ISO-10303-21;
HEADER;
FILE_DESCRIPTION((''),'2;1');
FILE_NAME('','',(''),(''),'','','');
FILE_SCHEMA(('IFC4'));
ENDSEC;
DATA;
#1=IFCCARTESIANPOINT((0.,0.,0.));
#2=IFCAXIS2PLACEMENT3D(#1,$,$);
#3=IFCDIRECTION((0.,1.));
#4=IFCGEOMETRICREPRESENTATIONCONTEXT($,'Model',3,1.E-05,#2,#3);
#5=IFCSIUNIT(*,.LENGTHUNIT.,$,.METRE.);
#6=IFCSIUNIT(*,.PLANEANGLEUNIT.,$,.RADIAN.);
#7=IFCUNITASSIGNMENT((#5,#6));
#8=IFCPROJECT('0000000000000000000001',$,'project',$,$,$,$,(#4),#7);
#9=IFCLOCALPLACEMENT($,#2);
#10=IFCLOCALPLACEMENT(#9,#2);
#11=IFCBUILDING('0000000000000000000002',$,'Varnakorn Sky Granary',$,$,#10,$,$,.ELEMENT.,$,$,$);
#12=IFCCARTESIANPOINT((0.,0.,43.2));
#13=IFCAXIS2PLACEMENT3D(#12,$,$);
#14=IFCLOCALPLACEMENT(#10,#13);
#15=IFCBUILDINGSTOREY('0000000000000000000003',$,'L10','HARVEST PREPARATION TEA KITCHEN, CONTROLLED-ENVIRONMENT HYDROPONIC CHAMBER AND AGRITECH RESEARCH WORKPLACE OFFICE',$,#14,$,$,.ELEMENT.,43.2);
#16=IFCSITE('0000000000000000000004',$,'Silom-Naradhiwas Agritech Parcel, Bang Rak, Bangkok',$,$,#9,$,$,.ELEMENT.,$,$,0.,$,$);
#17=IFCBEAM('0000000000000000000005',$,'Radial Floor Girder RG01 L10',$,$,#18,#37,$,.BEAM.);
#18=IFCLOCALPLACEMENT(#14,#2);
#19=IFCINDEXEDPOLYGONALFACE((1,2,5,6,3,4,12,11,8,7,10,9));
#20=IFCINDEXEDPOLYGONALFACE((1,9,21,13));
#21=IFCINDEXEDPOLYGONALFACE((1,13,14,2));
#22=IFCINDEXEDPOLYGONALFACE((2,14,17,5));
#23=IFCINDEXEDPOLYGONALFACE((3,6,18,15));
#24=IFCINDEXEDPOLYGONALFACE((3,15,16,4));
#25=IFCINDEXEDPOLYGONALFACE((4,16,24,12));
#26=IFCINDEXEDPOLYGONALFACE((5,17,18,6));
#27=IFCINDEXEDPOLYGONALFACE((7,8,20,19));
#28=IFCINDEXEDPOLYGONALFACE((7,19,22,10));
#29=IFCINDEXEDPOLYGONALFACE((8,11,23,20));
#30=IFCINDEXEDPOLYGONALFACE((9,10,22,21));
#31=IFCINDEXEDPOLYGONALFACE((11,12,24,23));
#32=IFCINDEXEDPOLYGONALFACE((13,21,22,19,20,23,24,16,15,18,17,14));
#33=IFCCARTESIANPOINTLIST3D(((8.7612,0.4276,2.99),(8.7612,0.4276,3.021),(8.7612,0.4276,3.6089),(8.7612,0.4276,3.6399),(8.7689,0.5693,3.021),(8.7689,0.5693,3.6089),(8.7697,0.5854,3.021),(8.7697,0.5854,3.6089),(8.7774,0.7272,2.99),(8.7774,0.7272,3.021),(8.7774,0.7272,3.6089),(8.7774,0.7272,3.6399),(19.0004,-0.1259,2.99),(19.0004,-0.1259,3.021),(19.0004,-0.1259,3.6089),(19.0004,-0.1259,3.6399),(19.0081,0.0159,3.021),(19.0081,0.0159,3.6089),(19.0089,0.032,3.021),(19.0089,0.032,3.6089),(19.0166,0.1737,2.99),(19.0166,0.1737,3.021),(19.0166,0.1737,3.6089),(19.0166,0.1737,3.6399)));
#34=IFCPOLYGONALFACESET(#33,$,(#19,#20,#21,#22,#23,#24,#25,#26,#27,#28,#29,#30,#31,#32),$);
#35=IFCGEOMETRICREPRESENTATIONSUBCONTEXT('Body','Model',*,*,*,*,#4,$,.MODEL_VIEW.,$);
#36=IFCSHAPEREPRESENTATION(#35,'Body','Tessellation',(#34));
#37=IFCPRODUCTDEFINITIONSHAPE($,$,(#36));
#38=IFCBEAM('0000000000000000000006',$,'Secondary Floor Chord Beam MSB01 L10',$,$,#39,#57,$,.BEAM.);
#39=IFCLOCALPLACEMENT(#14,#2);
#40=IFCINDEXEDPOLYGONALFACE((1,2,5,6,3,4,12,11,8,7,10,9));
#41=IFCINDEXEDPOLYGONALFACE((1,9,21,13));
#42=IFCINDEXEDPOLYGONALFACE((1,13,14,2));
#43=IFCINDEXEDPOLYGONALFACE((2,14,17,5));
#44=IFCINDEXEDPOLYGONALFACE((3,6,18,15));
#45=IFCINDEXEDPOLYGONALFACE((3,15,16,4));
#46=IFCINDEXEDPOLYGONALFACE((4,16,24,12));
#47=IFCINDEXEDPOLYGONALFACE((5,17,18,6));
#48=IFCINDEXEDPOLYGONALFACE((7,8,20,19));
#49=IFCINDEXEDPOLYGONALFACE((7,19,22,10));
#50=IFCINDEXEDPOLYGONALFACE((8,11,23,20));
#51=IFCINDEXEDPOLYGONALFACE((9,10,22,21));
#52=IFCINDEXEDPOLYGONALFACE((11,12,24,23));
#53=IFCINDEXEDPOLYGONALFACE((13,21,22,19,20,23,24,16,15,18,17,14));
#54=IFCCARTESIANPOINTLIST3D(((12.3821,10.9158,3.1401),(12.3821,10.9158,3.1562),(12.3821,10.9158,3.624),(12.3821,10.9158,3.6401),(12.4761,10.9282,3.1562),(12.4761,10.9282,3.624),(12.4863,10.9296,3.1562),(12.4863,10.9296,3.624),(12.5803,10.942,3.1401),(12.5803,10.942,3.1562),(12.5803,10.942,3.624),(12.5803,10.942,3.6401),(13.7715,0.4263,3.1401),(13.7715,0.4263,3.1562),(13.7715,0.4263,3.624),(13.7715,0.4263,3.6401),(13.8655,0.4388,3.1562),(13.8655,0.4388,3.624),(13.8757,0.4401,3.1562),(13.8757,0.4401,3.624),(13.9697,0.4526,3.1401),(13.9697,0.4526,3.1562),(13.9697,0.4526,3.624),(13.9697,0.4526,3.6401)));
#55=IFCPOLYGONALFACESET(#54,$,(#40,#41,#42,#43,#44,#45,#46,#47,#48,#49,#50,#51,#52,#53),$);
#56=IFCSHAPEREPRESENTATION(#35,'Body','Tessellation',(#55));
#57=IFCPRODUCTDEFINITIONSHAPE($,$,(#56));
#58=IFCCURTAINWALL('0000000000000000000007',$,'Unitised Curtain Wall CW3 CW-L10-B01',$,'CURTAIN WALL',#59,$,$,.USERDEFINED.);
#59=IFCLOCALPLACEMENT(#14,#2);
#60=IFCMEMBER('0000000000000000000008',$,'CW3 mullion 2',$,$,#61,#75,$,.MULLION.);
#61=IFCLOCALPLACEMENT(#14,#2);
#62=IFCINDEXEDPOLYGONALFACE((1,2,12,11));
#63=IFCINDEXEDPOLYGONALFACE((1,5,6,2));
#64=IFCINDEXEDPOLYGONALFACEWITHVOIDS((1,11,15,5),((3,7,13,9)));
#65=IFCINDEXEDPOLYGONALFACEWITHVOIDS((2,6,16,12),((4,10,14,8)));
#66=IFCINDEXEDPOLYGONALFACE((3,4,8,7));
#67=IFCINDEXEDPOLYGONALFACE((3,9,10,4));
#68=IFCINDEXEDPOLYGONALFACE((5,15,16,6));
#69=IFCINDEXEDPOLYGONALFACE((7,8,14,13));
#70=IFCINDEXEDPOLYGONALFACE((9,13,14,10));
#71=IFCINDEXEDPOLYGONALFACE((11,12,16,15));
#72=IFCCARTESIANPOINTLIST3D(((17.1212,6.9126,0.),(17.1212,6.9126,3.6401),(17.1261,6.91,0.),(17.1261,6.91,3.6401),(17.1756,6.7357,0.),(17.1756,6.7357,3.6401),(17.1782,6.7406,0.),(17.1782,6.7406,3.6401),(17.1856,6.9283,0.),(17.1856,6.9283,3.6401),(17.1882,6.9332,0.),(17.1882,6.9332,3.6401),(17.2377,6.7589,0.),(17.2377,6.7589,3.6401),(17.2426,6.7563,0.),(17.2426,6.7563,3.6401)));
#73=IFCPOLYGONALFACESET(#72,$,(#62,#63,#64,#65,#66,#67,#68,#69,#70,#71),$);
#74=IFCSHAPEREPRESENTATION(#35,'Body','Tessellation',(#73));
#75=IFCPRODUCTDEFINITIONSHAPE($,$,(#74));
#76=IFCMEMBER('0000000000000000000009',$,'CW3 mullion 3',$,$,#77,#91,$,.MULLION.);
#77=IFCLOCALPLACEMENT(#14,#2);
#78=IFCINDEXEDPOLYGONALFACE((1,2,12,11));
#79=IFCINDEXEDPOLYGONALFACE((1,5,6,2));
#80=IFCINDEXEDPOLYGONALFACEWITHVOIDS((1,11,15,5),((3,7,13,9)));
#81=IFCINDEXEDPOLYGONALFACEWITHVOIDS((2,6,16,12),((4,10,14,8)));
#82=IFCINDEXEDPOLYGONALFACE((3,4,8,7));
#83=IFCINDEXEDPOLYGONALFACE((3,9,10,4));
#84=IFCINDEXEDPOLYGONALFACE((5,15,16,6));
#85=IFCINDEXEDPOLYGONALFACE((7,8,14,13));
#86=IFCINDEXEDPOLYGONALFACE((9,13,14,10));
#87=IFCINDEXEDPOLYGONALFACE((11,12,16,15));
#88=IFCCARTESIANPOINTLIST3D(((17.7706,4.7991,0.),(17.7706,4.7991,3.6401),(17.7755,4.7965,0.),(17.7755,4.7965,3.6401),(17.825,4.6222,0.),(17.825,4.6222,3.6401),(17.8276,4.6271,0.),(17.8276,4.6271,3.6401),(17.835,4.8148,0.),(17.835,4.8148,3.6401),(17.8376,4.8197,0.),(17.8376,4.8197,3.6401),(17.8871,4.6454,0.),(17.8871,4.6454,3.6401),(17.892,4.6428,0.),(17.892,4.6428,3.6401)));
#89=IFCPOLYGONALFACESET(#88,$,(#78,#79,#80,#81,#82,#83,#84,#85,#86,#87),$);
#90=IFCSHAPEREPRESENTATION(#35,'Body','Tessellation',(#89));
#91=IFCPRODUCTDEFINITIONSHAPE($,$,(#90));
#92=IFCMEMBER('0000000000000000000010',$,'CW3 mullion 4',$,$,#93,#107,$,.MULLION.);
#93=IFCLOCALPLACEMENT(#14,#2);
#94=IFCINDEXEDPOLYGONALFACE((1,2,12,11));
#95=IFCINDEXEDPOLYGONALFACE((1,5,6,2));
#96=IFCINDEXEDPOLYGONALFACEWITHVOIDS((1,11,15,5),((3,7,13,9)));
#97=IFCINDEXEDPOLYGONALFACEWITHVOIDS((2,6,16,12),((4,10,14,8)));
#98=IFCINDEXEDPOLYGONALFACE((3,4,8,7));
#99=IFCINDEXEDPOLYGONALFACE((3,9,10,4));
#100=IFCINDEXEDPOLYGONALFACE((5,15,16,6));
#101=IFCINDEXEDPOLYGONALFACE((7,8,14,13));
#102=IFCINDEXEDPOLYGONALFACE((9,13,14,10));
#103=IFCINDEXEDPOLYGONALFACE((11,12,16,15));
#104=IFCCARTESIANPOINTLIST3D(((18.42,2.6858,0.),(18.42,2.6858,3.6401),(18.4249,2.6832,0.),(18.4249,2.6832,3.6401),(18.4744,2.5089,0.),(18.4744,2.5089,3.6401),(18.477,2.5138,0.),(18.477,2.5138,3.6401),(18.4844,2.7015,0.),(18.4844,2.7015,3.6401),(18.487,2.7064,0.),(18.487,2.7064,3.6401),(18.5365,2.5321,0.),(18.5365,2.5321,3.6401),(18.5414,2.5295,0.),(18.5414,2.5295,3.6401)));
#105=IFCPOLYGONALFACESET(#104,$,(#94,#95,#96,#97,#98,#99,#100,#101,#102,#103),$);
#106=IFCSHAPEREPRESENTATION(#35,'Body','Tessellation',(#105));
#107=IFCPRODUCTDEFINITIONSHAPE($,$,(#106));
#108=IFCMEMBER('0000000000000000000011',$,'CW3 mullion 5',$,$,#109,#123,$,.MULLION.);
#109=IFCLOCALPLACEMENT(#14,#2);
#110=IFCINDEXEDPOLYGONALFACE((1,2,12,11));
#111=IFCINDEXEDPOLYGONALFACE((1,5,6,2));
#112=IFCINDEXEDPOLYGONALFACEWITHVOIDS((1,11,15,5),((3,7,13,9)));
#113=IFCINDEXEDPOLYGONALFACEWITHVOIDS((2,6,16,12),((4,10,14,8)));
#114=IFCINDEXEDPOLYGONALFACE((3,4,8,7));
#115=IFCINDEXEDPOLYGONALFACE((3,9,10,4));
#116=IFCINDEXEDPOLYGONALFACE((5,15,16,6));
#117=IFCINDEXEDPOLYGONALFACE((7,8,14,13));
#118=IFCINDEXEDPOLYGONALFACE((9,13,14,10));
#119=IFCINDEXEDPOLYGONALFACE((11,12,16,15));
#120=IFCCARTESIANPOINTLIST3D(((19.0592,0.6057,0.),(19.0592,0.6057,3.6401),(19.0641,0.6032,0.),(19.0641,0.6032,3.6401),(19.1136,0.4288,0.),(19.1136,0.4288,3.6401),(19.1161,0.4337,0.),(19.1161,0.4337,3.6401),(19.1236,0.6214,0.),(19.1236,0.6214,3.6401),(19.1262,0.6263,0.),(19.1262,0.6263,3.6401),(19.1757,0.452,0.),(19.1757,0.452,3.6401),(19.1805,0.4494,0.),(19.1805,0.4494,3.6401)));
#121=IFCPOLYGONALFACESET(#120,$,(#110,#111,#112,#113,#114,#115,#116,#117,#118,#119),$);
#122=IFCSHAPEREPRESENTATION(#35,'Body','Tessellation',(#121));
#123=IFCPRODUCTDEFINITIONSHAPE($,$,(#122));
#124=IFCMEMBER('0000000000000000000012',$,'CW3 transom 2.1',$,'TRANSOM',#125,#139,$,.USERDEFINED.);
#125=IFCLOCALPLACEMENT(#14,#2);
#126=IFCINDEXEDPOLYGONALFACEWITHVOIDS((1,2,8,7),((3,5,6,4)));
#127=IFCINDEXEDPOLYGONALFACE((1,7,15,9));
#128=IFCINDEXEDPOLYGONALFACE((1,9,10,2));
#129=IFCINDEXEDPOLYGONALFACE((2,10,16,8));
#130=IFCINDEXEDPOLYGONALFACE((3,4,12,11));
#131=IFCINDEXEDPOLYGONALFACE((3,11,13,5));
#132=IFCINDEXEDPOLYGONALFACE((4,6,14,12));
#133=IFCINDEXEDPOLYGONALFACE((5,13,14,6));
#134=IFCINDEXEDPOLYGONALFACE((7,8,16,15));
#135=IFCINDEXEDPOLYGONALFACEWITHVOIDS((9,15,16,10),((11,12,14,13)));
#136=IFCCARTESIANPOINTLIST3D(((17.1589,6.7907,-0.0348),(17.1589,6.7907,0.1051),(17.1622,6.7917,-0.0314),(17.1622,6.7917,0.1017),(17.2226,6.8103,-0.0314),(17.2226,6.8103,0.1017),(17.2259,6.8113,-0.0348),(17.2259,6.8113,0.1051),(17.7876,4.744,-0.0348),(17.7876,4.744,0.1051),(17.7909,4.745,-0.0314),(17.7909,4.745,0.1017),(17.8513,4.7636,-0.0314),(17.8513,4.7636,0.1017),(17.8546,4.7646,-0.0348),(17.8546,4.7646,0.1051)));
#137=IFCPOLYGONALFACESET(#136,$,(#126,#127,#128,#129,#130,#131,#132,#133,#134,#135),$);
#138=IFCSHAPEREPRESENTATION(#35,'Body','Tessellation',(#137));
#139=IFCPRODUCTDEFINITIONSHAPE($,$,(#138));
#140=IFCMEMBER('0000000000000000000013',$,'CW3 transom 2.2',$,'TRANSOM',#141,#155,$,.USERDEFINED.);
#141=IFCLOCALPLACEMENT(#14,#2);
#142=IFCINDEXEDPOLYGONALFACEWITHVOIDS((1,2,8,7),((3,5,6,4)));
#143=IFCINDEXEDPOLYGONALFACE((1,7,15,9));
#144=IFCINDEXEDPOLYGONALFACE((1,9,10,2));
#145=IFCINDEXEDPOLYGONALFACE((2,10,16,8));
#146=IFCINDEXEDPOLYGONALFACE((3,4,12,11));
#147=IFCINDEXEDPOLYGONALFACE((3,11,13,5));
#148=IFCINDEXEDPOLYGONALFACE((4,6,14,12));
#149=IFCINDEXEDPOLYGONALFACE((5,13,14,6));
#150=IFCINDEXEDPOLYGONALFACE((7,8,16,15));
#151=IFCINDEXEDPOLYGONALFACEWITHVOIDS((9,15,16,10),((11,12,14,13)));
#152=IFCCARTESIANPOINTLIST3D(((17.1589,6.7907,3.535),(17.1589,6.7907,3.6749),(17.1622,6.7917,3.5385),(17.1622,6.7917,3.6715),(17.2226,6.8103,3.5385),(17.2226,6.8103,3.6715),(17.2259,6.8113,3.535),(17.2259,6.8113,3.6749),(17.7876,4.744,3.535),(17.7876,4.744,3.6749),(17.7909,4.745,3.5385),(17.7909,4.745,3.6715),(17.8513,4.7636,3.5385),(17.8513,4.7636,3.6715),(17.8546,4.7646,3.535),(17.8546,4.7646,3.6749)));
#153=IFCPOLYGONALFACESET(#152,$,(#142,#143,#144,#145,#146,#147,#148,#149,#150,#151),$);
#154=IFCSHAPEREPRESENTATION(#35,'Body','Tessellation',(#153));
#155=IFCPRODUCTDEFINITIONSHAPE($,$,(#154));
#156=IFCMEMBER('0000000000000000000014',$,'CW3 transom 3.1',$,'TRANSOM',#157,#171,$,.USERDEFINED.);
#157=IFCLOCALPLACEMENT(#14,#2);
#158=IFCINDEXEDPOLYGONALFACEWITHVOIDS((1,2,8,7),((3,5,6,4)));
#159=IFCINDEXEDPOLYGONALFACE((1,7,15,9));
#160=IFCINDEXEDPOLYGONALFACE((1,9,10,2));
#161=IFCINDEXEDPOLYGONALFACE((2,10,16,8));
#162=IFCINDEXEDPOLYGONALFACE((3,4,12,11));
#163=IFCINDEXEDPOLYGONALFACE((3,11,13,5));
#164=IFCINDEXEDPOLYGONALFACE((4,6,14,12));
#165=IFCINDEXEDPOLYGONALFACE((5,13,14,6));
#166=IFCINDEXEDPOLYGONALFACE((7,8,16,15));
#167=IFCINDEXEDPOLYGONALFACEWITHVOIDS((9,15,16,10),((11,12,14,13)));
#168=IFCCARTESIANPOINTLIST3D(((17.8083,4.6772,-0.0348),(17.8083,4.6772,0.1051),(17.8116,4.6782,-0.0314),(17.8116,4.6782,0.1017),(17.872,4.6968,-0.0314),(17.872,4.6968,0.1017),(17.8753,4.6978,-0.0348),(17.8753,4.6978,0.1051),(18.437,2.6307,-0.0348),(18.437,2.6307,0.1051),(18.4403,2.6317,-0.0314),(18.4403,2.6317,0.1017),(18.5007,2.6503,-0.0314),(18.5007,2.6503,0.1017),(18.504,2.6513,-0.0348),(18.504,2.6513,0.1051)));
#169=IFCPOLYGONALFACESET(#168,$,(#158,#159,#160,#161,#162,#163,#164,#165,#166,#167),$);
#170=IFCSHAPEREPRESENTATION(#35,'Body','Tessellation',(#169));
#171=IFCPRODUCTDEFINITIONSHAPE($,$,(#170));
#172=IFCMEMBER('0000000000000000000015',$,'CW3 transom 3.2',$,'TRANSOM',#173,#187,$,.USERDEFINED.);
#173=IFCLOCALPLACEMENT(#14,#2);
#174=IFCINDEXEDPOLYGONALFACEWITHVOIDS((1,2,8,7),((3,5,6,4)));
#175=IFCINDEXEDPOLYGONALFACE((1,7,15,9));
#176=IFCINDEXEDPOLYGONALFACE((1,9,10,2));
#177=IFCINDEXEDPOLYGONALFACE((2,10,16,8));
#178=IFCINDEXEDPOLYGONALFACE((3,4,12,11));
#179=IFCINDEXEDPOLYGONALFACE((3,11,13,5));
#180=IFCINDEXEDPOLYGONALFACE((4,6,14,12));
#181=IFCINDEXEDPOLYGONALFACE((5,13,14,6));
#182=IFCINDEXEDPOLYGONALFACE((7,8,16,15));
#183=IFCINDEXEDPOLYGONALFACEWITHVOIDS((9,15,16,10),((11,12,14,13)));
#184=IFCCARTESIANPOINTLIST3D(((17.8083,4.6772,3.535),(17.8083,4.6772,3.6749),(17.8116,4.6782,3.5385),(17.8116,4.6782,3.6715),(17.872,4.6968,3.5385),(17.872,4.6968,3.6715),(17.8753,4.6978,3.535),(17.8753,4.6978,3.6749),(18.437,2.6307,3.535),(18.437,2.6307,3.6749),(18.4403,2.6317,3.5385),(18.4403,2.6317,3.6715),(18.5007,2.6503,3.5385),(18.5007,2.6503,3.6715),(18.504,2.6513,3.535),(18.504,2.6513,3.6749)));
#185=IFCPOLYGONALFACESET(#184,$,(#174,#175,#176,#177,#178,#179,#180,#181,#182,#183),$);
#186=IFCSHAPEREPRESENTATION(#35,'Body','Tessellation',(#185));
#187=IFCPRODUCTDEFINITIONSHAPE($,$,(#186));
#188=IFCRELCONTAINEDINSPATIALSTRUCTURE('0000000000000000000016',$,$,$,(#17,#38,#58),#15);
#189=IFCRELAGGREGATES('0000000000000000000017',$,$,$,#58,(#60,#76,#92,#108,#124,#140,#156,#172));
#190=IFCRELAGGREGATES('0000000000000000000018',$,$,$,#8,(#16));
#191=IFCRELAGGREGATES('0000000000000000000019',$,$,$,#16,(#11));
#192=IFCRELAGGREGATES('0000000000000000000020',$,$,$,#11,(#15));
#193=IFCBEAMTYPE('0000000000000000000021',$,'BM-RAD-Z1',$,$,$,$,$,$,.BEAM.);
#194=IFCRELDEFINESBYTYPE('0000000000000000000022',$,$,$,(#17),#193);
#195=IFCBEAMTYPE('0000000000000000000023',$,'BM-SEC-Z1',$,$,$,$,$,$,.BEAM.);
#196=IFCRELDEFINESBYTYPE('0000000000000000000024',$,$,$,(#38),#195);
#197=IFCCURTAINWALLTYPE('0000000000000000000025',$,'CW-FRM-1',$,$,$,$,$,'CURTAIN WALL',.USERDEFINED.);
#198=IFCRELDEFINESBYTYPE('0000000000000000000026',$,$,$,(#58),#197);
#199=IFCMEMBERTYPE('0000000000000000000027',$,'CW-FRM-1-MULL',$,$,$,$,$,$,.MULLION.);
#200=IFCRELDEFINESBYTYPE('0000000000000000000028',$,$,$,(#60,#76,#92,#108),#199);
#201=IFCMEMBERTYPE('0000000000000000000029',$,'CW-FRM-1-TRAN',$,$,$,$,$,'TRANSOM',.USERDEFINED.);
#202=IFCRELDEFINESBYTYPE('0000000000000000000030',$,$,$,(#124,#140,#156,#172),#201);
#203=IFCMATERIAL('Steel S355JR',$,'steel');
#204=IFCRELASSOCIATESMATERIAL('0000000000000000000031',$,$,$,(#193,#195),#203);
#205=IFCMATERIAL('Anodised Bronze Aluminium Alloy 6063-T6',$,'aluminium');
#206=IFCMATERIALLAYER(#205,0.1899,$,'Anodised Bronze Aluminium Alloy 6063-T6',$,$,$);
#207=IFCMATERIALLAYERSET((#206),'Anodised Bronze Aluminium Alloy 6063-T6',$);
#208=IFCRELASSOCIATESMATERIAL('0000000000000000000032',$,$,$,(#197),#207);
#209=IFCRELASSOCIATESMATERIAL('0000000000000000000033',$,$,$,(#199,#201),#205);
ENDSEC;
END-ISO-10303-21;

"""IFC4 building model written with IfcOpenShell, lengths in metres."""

from ifc_helpers import new_model, si_unit, direction, frame, origin, origin_2d, place, context, subcontext, project, spatial, hollow_rectangle, i_section, extrude, material, layer, layer_set, material_profile, profile_set, type_object, element, aggregate, save


model = new_model("IFC4")

# Units and contexts
model_context = context("Model", 3, precision=1e-05, world=origin(), true_north=direction((0.0, 1.0)))
body_context = subcontext(model_context, "Body", "Model", "MODEL_VIEW")
ifc_project = project(units=[si_unit("LENGTHUNIT", "METRE"), si_unit("PLANEANGLEUNIT", "RADIAN")], contexts=[model_context])

# Site, building, storey
site_placement = place(None, origin())
site = spatial("IfcSite", under=ifc_project, at=site_placement, Name="Silom-Naradhiwas Agritech Parcel, Bang Rak, Bangkok", CompositionType="ELEMENT", RefElevation=0.0)
building_placement = place(site_placement, origin())
building = spatial("IfcBuilding", under=site, at=building_placement, Name="Varnakorn Sky Granary", CompositionType="ELEMENT")
storey_placement = place(building_placement, frame((0.0, 0.0, 43.2)))
storey = spatial("IfcBuildingStorey", under=building, at=storey_placement, Name="L10", Description="HARVEST PREPARATION TEA KITCHEN, CONTROLLED-ENVIRONMENT HYDROPONIC CHAMBER AND AGRITECH RESEARCH WORKPLACE OFFICE", CompositionType="ELEMENT", Elevation=43.2)

# Beams
ifc_material_1 = material(Name="Steel S355JR", Category="steel")
ifc_material_profile_1 = material_profile(ifc_material_1, i_section(OverallWidth=0.3, OverallDepth=0.6499, WebThickness=0.0161, FlangeThickness=0.031, at=origin_2d()), Name="HE 650 B")
ifc_profile_set_1 = profile_set([ifc_material_profile_1], Name="Steel S355JR")
beam_type_1 = type_object("IfcBeamType", Name="BM-RAD-Z1", PredefinedType="BEAM", material=ifc_profile_set_1)
beam_1_placement = place(storey_placement, frame((8.7693, 0.5774, 3.3149), z_axis=(0.998542, -0.053975, 0.0), x_axis=(0.053975, 0.998542, 0.0)))
element("IfcBeam", 1, at=beam_1_placement, inside=storey, type_object=beam_type_1, Name="Radial Floor Girder RG01 L10", PredefinedType="BEAM", context=body_context, shape_type="SweptSolid", body=[
    extrude(i_section(OverallWidth=0.3, OverallDepth=0.6499, WebThickness=0.0161, FlangeThickness=0.031, at=origin_2d()), origin(), (0.0, 0.0, 1.0), 10.2542),
])
ifc_material_profile_2 = material_profile(ifc_material_1, i_section(OverallWidth=0.2, OverallDepth=0.5, WebThickness=0.0103, FlangeThickness=0.0161, at=origin_2d()), Name="IPE 500")
ifc_profile_set_2 = profile_set([ifc_material_profile_2], Name="Steel S355JR")
beam_type_2 = type_object("IfcBeamType", Name="BM-SEC-Z1", PredefinedType="BEAM", material=ifc_profile_set_2)
beam_2_placement = place(storey_placement, frame((13.8706, 0.4395, 3.3901), z_axis=(-0.13131, 0.991341, 0.0), x_axis=(-0.991341, -0.13131, 0.0)))
element("IfcBeam", 2, at=beam_2_placement, inside=storey, type_object=beam_type_2, Name="Secondary Floor Chord Beam MSB01 L10", PredefinedType="BEAM", context=body_context, shape_type="SweptSolid", body=[
    extrude(i_section(OverallWidth=0.2, OverallDepth=0.5, WebThickness=0.0103, FlangeThickness=0.0161, at=origin_2d()), origin(), (0.0, 0.0, 1.0), 10.5811),
])

# Curtain wall, members
ifc_material_2 = material(Name="Anodised Bronze Aluminium Alloy 6063-T6", Category="aluminium")
ifc_layer_1 = layer(ifc_material_2, 0.1899, Name="Anodised Bronze Aluminium Alloy 6063-T6")
ifc_layer_set_1 = layer_set([ifc_layer_1], Name="Anodised Bronze Aluminium Alloy 6063-T6")
curtain_wall_type = type_object("IfcCurtainWallType", Name="CW-FRM-1", ElementType="CURTAIN WALL", PredefinedType="USERDEFINED", material=ifc_layer_set_1)
curtain_wall_placement = place(storey_placement, origin())
curtain_wall = element("IfcCurtainWall", 3, at=curtain_wall_placement, inside=storey, type_object=curtain_wall_type, Name="Unitised Curtain Wall CW3 CW-L10-B01", ObjectType="CURTAIN WALL", PredefinedType="USERDEFINED")
ifc_material_profile_3 = material_profile(ifc_material_2, hollow_rectangle(XDim=0.0701, YDim=0.1851, WallThickness=0.0039, at=origin_2d()), Name="ALU MULL 70x185")
ifc_profile_set_3 = profile_set([ifc_material_profile_3], Name="Anodised Bronze Aluminium Alloy 6063-T6")
member_type_1 = type_object("IfcMemberType", Name="CW-FRM-1-MULL", PredefinedType="MULLION", material=ifc_profile_set_3)
member_1_placement = place(storey_placement, frame((17.1819, 6.8345, 0.0), z_axis=(0.0, 0.0, 1.0), x_axis=(0.95589, 0.293723, 0.0)))
member_1 = element("IfcMember", 4, at=member_1_placement, type_object=member_type_1, Name="CW3 mullion 2", PredefinedType="MULLION", context=body_context, shape_type="SweptSolid", body=[
    extrude(hollow_rectangle(XDim=0.0701, YDim=0.1851, WallThickness=0.0039, at=origin_2d()), origin(), (0.0, 0.0, 1.0), 3.6401),
])
member_2_placement = place(storey_placement, frame((17.8313, 4.7209, 0.0), z_axis=(0.0, 0.0, 1.0), x_axis=(0.95589, 0.293723, 0.0)))
member_2 = element("IfcMember", 5, at=member_2_placement, type_object=member_type_1, Name="CW3 mullion 3", PredefinedType="MULLION", context=body_context, shape_type="SweptSolid", body=[
    extrude(hollow_rectangle(XDim=0.0701, YDim=0.1851, WallThickness=0.0039, at=origin_2d()), origin(), (0.0, 0.0, 1.0), 3.6401),
])
member_3_placement = place(storey_placement, frame((18.4807, 2.6077, 0.0), z_axis=(0.0, 0.0, 1.0), x_axis=(0.95589, 0.293723, 0.0)))
member_3 = element("IfcMember", 6, at=member_3_placement, type_object=member_type_1, Name="CW3 mullion 4", PredefinedType="MULLION", context=body_context, shape_type="SweptSolid", body=[
    extrude(hollow_rectangle(XDim=0.0701, YDim=0.1851, WallThickness=0.0039, at=origin_2d()), origin(), (0.0, 0.0, 1.0), 3.6401),
])
member_4_placement = place(storey_placement, frame((19.1199, 0.5276, 0.0), z_axis=(0.0, 0.0, 1.0), x_axis=(0.95589, 0.293723, 0.0)))
member_4 = element("IfcMember", 7, at=member_4_placement, type_object=member_type_1, Name="CW3 mullion 5", PredefinedType="MULLION", context=body_context, shape_type="SweptSolid", body=[
    extrude(hollow_rectangle(XDim=0.0701, YDim=0.1851, WallThickness=0.0039, at=origin_2d()), origin(), (0.0, 0.0, 1.0), 3.6401),
])
ifc_material_profile_4 = material_profile(ifc_material_2, hollow_rectangle(XDim=0.0701, YDim=0.1399, WallThickness=0.0034, at=origin_2d()), Name="ALU TRAN 70x140")
ifc_profile_set_4 = profile_set([ifc_material_profile_4], Name="Anodised Bronze Aluminium Alloy 6063-T6")
member_type_2 = type_object("IfcMemberType", Name="CW-FRM-1-TRAN", ElementType="TRANSOM", PredefinedType="USERDEFINED", material=ifc_profile_set_4)
member_5_placement = place(storey_placement, frame((17.1924, 6.801, 0.0352), z_axis=(0.293629, -0.955919, 0.0), x_axis=(0.955919, 0.293629, 0.0)))
member_5 = element("IfcMember", 8, at=member_5_placement, type_object=member_type_2, Name="CW3 transom 2.1", ObjectType="TRANSOM", PredefinedType="USERDEFINED", context=body_context, shape_type="SweptSolid", body=[
    extrude(hollow_rectangle(XDim=0.0701, YDim=0.1399, WallThickness=0.0034, at=origin_2d()), origin(), (0.0, 0.0, 1.0), 2.1411),
])
member_6_placement = place(storey_placement, frame((17.1924, 6.801, 3.605), z_axis=(0.293629, -0.955919, 0.0), x_axis=(0.955919, 0.293629, 0.0)))
member_6 = element("IfcMember", 9, at=member_6_placement, type_object=member_type_2, Name="CW3 transom 2.2", ObjectType="TRANSOM", PredefinedType="USERDEFINED", context=body_context, shape_type="SweptSolid", body=[
    extrude(hollow_rectangle(XDim=0.0701, YDim=0.1399, WallThickness=0.0034, at=origin_2d()), origin(), (0.0, 0.0, 1.0), 2.1411),
])
member_7_placement = place(storey_placement, frame((17.8418, 4.6875, 0.0352), z_axis=(0.293661, -0.95591, 0.0), x_axis=(0.95591, 0.293661, 0.0)))
member_7 = element("IfcMember", 10, at=member_7_placement, type_object=member_type_2, Name="CW3 transom 3.1", ObjectType="TRANSOM", PredefinedType="USERDEFINED", context=body_context, shape_type="SweptSolid", body=[
    extrude(hollow_rectangle(XDim=0.0701, YDim=0.1399, WallThickness=0.0034, at=origin_2d()), origin(), (0.0, 0.0, 1.0), 2.1409),
])
member_8_placement = place(storey_placement, frame((17.8418, 4.6875, 3.605), z_axis=(0.293661, -0.95591, 0.0), x_axis=(0.95591, 0.293661, 0.0)))
member_8 = element("IfcMember", 11, at=member_8_placement, type_object=member_type_2, Name="CW3 transom 3.2", ObjectType="TRANSOM", PredefinedType="USERDEFINED", context=body_context, shape_type="SweptSolid", body=[
    extrude(hollow_rectangle(XDim=0.0701, YDim=0.1399, WallThickness=0.0034, at=origin_2d()), origin(), (0.0, 0.0, 1.0), 2.1409),
])

aggregate(curtain_wall, [member_1, member_2, member_3, member_4, member_5, member_6, member_7, member_8])

save(model, "model.ifc")
